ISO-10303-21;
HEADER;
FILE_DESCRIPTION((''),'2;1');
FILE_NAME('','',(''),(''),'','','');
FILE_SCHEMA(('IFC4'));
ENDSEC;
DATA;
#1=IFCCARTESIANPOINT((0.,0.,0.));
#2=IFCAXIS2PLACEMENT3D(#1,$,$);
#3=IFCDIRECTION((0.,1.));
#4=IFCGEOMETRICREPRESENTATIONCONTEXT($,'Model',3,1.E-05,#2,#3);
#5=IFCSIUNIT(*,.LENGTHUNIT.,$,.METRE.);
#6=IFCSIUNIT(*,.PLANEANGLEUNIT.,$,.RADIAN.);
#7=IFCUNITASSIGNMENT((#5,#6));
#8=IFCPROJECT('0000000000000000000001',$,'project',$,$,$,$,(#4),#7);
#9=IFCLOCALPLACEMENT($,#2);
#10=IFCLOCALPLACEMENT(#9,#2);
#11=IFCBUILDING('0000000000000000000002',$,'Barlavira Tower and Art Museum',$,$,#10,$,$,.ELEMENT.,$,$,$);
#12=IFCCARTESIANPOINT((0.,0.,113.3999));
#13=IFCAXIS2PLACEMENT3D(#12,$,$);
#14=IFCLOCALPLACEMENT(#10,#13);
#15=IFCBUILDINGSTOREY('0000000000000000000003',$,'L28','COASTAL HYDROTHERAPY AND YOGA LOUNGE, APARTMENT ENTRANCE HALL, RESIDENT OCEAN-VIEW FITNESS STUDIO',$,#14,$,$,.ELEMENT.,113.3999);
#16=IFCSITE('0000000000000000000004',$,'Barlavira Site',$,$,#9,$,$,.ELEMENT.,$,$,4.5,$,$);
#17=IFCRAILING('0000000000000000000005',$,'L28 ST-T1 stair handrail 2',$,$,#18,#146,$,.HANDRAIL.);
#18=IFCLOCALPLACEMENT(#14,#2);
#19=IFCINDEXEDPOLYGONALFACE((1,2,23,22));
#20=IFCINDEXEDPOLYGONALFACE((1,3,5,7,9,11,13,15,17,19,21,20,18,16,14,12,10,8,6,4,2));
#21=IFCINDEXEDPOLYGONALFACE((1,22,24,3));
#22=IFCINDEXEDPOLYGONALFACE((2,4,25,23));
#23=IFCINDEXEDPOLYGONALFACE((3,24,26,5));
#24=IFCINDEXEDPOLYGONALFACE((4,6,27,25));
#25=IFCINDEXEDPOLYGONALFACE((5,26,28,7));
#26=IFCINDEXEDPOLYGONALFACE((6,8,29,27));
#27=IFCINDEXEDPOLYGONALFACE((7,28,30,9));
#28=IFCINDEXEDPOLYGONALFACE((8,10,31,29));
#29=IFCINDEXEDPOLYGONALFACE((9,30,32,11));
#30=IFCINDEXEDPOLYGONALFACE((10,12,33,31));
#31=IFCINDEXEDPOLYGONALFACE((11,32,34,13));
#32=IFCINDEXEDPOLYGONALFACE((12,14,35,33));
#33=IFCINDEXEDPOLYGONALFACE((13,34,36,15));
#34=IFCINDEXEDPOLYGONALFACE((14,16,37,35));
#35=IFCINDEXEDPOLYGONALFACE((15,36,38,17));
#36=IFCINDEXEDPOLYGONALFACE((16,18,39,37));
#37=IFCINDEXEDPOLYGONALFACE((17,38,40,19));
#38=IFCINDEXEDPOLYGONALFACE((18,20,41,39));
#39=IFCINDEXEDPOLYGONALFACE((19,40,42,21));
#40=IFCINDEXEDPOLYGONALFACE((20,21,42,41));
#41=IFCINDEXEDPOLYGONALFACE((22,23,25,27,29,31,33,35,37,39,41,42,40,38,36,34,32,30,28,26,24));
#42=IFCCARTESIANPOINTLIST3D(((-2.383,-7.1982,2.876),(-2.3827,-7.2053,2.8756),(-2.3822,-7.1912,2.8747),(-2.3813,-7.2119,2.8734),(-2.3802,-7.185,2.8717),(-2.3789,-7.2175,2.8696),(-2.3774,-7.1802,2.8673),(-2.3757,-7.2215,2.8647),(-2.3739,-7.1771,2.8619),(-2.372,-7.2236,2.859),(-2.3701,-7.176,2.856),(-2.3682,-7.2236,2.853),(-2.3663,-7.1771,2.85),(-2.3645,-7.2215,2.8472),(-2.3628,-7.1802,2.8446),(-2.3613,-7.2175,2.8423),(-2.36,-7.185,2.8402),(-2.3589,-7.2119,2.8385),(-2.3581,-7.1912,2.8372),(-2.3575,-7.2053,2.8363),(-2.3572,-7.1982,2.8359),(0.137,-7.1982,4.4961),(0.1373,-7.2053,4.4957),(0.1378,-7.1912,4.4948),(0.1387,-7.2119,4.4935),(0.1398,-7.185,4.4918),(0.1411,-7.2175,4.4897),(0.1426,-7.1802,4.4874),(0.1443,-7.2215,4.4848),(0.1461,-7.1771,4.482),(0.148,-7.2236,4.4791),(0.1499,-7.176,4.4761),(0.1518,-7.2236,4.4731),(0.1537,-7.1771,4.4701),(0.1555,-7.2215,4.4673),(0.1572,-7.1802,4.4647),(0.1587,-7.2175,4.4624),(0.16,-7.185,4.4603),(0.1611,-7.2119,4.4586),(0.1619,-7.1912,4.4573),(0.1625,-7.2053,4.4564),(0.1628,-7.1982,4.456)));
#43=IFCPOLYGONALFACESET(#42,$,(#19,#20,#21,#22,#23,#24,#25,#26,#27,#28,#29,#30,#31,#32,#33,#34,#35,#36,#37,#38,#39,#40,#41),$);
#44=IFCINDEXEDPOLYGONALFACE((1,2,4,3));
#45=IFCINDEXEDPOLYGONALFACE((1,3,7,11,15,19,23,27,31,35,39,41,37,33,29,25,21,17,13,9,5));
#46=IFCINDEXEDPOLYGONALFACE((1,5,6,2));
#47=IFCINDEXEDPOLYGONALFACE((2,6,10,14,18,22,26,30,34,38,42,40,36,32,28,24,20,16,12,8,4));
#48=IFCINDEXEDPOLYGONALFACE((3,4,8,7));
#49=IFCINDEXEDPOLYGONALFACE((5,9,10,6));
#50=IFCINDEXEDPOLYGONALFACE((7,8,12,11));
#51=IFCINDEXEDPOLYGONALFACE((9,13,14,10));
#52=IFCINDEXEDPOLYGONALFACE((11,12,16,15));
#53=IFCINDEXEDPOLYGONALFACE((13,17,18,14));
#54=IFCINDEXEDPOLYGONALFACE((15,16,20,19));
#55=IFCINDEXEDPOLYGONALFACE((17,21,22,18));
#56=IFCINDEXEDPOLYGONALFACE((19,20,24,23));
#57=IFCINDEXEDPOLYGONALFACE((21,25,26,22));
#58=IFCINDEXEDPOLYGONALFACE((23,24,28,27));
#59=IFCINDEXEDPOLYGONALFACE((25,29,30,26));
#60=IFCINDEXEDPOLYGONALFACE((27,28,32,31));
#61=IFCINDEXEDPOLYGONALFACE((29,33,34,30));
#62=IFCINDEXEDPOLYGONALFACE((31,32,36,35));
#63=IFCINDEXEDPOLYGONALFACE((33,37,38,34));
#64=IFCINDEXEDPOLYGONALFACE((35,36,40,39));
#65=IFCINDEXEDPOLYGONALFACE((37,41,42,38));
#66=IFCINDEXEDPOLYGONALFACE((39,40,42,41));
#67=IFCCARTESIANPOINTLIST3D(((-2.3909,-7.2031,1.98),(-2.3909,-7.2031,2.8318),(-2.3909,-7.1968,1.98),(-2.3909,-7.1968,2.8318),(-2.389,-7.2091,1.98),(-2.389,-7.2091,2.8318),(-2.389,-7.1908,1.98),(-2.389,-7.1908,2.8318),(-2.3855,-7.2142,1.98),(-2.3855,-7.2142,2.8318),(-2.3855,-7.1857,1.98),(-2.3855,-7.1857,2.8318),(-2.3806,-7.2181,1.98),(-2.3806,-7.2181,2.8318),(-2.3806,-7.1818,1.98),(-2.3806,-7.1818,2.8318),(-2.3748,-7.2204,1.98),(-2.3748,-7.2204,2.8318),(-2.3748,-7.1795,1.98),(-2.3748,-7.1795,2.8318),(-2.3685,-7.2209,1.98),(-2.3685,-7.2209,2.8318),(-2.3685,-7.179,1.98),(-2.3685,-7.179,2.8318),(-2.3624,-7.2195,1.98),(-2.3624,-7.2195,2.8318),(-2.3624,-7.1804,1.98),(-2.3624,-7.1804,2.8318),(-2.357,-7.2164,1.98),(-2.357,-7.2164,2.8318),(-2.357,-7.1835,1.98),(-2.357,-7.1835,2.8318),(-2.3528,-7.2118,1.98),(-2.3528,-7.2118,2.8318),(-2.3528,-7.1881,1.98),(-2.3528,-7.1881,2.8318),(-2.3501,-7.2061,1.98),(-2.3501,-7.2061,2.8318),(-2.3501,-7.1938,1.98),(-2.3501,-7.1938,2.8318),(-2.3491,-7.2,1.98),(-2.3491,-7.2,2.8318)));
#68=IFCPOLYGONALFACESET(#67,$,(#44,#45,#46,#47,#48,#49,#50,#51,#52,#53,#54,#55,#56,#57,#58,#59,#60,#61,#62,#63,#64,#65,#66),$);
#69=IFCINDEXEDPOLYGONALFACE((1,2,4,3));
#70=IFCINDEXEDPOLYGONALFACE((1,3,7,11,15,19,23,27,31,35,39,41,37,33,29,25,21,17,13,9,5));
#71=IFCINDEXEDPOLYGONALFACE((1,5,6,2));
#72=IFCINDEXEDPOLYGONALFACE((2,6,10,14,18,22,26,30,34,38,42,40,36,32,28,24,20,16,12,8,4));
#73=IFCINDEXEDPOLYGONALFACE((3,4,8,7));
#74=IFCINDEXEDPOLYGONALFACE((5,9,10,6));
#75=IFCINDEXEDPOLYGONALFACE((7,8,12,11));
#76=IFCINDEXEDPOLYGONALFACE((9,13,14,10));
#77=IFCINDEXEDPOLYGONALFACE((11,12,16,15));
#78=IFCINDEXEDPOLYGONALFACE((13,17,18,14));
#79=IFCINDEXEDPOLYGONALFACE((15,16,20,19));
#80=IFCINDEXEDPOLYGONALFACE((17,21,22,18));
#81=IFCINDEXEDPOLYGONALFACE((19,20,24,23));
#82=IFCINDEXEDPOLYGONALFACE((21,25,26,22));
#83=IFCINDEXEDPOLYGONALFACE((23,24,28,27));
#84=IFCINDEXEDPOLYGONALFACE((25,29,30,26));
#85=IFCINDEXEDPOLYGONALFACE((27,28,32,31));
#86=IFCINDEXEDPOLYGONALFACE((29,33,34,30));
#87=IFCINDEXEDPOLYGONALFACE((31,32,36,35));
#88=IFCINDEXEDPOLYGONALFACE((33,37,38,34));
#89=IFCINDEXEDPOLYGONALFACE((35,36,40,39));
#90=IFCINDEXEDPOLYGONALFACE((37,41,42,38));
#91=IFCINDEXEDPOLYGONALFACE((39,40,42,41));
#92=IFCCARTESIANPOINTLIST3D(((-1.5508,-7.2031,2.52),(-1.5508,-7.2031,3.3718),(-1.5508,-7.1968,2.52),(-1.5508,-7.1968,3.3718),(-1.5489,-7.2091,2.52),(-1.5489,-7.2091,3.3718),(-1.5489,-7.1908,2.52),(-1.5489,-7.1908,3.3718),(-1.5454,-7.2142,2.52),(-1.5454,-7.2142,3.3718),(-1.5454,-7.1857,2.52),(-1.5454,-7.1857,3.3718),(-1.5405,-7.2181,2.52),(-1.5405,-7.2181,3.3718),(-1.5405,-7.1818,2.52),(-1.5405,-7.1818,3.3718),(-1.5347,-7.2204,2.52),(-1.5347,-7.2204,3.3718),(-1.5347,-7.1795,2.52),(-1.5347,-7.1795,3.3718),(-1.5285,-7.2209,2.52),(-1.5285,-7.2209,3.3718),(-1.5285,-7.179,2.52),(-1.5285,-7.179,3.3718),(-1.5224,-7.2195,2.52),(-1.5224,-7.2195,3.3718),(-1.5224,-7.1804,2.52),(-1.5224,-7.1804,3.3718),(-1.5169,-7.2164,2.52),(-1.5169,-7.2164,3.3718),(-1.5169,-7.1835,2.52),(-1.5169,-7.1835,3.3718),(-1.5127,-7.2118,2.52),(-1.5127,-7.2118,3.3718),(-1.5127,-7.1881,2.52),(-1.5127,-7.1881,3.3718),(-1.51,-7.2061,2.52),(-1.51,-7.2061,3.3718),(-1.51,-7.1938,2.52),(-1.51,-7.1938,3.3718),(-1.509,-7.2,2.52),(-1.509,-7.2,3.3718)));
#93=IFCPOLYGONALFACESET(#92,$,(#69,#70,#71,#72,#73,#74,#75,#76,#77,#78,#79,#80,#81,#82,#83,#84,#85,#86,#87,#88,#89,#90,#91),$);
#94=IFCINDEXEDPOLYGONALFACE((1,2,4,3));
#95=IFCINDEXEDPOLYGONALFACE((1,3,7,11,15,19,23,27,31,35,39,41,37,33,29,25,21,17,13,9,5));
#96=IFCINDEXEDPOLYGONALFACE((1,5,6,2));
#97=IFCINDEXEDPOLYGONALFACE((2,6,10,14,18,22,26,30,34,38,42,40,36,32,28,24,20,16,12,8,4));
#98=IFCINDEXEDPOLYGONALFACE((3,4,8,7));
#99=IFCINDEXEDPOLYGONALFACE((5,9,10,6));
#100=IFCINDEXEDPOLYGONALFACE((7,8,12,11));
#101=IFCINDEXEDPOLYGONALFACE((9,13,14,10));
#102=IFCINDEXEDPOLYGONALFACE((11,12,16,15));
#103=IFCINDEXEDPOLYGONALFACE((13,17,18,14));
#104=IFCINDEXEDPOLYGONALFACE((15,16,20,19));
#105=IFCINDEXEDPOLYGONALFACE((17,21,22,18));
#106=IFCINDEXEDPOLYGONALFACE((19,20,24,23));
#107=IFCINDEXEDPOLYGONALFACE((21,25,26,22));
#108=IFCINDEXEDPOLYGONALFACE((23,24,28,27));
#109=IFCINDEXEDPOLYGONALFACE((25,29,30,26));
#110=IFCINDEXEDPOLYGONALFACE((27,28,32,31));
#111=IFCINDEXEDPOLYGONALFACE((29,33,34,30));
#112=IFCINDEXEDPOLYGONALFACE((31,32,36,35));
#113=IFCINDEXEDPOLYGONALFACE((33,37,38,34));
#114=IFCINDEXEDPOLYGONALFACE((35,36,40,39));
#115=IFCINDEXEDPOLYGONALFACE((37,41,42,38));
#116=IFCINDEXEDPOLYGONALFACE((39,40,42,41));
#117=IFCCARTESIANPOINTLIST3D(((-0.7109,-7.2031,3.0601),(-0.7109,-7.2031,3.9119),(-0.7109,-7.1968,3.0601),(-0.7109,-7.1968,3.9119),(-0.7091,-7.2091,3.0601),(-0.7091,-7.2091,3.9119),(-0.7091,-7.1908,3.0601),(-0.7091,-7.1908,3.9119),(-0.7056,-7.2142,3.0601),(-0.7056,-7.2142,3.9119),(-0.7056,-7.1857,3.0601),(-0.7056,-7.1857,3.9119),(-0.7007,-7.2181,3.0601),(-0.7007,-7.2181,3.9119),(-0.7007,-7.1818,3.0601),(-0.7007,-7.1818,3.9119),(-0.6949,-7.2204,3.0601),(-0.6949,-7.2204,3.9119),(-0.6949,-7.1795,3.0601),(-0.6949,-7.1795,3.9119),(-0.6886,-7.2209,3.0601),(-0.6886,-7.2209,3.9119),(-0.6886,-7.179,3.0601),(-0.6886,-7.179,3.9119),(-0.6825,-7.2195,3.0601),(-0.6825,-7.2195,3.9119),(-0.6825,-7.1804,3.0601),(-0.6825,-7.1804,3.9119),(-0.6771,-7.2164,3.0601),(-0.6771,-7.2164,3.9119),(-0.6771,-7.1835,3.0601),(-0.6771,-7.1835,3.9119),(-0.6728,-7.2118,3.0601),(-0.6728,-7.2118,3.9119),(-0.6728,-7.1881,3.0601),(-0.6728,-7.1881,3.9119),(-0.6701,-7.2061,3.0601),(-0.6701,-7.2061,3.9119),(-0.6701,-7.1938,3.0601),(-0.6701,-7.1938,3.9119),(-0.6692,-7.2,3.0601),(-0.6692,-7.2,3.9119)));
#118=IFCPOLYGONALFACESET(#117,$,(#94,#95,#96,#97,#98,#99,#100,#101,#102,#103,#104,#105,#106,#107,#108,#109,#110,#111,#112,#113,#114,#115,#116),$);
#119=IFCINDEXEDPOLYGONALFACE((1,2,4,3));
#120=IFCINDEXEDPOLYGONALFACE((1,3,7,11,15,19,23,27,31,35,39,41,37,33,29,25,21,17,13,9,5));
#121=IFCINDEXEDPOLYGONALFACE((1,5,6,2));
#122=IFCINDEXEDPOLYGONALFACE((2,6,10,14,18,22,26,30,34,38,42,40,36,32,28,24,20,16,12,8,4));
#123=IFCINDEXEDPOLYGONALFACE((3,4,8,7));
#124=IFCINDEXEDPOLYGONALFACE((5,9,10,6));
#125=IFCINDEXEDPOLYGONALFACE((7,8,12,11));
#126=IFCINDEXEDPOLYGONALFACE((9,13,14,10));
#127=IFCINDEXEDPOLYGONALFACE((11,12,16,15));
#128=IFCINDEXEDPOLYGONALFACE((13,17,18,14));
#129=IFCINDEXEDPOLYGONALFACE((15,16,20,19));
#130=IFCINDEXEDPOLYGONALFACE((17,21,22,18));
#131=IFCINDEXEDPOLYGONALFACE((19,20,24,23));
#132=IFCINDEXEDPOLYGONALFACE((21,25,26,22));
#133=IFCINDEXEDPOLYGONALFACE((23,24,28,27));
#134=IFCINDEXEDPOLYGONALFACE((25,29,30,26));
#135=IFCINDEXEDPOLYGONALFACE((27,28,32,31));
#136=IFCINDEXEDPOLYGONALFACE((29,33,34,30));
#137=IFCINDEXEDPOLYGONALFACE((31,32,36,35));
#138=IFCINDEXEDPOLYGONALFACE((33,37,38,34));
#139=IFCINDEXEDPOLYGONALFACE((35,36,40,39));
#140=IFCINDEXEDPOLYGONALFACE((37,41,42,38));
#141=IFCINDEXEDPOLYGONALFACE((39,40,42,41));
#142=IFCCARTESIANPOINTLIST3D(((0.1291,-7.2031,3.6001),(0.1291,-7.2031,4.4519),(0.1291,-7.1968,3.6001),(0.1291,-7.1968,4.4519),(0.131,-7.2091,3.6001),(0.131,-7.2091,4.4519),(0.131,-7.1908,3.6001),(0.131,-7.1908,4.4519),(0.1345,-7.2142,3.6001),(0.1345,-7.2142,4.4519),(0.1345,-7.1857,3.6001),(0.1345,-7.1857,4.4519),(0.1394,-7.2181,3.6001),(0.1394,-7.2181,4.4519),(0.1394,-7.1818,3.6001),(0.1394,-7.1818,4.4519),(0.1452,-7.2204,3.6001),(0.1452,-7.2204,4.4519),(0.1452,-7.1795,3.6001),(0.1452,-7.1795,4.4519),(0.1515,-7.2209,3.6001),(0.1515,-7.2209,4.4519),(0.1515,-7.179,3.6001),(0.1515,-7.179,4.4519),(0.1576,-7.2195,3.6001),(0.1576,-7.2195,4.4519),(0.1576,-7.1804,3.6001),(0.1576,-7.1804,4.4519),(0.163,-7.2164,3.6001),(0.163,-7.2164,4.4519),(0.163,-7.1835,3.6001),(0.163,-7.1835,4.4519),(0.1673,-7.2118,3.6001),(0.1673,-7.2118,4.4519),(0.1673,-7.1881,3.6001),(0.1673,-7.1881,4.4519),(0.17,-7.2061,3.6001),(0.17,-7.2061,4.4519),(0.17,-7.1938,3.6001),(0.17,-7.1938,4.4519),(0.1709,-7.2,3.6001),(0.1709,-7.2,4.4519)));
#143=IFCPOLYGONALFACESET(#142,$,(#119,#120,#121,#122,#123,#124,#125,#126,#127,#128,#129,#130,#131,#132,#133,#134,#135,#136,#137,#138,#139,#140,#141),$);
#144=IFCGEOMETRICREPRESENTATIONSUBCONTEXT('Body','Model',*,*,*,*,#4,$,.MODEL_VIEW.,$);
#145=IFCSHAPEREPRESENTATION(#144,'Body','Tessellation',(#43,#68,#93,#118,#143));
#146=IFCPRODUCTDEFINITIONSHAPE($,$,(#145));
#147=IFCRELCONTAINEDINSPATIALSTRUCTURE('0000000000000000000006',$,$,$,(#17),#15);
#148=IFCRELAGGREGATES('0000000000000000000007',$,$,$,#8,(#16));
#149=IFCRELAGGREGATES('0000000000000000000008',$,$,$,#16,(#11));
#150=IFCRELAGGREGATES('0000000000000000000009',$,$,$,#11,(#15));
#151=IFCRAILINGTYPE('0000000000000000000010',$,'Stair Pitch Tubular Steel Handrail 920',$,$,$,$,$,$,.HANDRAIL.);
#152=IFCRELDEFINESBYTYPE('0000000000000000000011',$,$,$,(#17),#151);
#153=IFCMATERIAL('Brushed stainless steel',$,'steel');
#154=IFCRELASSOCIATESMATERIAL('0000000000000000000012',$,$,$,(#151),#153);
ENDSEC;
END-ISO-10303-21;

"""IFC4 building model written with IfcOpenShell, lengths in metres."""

from ifc_helpers import new_model, si_unit, direction, frame, origin, origin_2d, place, context, subcontext, project, spatial, circle, extrude, material, type_object, element, save


model = new_model("IFC4")

# Units and contexts
model_context = context("Model", 3, precision=1e-05, world=origin(), true_north=direction((0.0, 1.0)))
body_context = subcontext(model_context, "Body", "Model", "MODEL_VIEW")
ifc_project = project(units=[si_unit("LENGTHUNIT", "METRE"), si_unit("PLANEANGLEUNIT", "RADIAN")], contexts=[model_context])

# Site, building, storey
site_placement = place(None, origin())
site = spatial("IfcSite", under=ifc_project, at=site_placement, Name="Barlavira Site", CompositionType="ELEMENT", RefElevation=4.5)
building_placement = place(site_placement, origin())
building = spatial("IfcBuilding", under=site, at=building_placement, Name="Barlavira Tower and Art Museum", CompositionType="ELEMENT")
storey_placement = place(building_placement, frame((0.0, 0.0, 113.3999)))
storey = spatial("IfcBuildingStorey", under=building, at=storey_placement, Name="L28", Description="COASTAL HYDROTHERAPY AND YOGA LOUNGE, APARTMENT ENTRANCE HALL, RESIDENT OCEAN-VIEW FITNESS STUDIO", CompositionType="ELEMENT", Elevation=113.3999)

# Shared definitions
ifc_material_1 = material(Name="Brushed stainless steel", Category="steel")

# Railing
railing_type_1 = type_object("IfcRailingType", Name="Stair Pitch Tubular Steel Handrail 920", PredefinedType="HANDRAIL", material=ifc_material_1)
railing_1_placement = place(storey_placement, frame((-2.3701, -7.2, 1.98)))
element("IfcRailing", 1, at=railing_1_placement, inside=storey, type_object=railing_type_1, Name="L28 ST-T1 stair handrail 2", PredefinedType="HANDRAIL", context=body_context, shape_type="SweptSolid", body=[
    extrude(circle(Radius=0.0239, at=origin_2d()), frame((0.0, 0.0, 0.876), z_axis=(0.841163, 0.0, 0.540782), x_axis=(0.0, 1.0, 0.0)), (0.0, 0.0, 1.0), 2.9958),
    extrude(circle(Radius=0.021, at=origin_2d()), origin(), (0.0, 0.0, 1.0), 0.8518),
    extrude(circle(Radius=0.021, at=origin_2d()), frame((0.8401, 0.0, 0.54)), (0.0, 0.0, 1.0), 0.8518),
    extrude(circle(Radius=0.021, at=origin_2d()), frame((1.6799, 0.0, 1.0801)), (0.0, 0.0, 1.0), 0.8518),
    extrude(circle(Radius=0.021, at=origin_2d()), frame((2.52, 0.0, 1.6201)), (0.0, 0.0, 1.0), 0.8518),
])

save(model, "model.ifc")
